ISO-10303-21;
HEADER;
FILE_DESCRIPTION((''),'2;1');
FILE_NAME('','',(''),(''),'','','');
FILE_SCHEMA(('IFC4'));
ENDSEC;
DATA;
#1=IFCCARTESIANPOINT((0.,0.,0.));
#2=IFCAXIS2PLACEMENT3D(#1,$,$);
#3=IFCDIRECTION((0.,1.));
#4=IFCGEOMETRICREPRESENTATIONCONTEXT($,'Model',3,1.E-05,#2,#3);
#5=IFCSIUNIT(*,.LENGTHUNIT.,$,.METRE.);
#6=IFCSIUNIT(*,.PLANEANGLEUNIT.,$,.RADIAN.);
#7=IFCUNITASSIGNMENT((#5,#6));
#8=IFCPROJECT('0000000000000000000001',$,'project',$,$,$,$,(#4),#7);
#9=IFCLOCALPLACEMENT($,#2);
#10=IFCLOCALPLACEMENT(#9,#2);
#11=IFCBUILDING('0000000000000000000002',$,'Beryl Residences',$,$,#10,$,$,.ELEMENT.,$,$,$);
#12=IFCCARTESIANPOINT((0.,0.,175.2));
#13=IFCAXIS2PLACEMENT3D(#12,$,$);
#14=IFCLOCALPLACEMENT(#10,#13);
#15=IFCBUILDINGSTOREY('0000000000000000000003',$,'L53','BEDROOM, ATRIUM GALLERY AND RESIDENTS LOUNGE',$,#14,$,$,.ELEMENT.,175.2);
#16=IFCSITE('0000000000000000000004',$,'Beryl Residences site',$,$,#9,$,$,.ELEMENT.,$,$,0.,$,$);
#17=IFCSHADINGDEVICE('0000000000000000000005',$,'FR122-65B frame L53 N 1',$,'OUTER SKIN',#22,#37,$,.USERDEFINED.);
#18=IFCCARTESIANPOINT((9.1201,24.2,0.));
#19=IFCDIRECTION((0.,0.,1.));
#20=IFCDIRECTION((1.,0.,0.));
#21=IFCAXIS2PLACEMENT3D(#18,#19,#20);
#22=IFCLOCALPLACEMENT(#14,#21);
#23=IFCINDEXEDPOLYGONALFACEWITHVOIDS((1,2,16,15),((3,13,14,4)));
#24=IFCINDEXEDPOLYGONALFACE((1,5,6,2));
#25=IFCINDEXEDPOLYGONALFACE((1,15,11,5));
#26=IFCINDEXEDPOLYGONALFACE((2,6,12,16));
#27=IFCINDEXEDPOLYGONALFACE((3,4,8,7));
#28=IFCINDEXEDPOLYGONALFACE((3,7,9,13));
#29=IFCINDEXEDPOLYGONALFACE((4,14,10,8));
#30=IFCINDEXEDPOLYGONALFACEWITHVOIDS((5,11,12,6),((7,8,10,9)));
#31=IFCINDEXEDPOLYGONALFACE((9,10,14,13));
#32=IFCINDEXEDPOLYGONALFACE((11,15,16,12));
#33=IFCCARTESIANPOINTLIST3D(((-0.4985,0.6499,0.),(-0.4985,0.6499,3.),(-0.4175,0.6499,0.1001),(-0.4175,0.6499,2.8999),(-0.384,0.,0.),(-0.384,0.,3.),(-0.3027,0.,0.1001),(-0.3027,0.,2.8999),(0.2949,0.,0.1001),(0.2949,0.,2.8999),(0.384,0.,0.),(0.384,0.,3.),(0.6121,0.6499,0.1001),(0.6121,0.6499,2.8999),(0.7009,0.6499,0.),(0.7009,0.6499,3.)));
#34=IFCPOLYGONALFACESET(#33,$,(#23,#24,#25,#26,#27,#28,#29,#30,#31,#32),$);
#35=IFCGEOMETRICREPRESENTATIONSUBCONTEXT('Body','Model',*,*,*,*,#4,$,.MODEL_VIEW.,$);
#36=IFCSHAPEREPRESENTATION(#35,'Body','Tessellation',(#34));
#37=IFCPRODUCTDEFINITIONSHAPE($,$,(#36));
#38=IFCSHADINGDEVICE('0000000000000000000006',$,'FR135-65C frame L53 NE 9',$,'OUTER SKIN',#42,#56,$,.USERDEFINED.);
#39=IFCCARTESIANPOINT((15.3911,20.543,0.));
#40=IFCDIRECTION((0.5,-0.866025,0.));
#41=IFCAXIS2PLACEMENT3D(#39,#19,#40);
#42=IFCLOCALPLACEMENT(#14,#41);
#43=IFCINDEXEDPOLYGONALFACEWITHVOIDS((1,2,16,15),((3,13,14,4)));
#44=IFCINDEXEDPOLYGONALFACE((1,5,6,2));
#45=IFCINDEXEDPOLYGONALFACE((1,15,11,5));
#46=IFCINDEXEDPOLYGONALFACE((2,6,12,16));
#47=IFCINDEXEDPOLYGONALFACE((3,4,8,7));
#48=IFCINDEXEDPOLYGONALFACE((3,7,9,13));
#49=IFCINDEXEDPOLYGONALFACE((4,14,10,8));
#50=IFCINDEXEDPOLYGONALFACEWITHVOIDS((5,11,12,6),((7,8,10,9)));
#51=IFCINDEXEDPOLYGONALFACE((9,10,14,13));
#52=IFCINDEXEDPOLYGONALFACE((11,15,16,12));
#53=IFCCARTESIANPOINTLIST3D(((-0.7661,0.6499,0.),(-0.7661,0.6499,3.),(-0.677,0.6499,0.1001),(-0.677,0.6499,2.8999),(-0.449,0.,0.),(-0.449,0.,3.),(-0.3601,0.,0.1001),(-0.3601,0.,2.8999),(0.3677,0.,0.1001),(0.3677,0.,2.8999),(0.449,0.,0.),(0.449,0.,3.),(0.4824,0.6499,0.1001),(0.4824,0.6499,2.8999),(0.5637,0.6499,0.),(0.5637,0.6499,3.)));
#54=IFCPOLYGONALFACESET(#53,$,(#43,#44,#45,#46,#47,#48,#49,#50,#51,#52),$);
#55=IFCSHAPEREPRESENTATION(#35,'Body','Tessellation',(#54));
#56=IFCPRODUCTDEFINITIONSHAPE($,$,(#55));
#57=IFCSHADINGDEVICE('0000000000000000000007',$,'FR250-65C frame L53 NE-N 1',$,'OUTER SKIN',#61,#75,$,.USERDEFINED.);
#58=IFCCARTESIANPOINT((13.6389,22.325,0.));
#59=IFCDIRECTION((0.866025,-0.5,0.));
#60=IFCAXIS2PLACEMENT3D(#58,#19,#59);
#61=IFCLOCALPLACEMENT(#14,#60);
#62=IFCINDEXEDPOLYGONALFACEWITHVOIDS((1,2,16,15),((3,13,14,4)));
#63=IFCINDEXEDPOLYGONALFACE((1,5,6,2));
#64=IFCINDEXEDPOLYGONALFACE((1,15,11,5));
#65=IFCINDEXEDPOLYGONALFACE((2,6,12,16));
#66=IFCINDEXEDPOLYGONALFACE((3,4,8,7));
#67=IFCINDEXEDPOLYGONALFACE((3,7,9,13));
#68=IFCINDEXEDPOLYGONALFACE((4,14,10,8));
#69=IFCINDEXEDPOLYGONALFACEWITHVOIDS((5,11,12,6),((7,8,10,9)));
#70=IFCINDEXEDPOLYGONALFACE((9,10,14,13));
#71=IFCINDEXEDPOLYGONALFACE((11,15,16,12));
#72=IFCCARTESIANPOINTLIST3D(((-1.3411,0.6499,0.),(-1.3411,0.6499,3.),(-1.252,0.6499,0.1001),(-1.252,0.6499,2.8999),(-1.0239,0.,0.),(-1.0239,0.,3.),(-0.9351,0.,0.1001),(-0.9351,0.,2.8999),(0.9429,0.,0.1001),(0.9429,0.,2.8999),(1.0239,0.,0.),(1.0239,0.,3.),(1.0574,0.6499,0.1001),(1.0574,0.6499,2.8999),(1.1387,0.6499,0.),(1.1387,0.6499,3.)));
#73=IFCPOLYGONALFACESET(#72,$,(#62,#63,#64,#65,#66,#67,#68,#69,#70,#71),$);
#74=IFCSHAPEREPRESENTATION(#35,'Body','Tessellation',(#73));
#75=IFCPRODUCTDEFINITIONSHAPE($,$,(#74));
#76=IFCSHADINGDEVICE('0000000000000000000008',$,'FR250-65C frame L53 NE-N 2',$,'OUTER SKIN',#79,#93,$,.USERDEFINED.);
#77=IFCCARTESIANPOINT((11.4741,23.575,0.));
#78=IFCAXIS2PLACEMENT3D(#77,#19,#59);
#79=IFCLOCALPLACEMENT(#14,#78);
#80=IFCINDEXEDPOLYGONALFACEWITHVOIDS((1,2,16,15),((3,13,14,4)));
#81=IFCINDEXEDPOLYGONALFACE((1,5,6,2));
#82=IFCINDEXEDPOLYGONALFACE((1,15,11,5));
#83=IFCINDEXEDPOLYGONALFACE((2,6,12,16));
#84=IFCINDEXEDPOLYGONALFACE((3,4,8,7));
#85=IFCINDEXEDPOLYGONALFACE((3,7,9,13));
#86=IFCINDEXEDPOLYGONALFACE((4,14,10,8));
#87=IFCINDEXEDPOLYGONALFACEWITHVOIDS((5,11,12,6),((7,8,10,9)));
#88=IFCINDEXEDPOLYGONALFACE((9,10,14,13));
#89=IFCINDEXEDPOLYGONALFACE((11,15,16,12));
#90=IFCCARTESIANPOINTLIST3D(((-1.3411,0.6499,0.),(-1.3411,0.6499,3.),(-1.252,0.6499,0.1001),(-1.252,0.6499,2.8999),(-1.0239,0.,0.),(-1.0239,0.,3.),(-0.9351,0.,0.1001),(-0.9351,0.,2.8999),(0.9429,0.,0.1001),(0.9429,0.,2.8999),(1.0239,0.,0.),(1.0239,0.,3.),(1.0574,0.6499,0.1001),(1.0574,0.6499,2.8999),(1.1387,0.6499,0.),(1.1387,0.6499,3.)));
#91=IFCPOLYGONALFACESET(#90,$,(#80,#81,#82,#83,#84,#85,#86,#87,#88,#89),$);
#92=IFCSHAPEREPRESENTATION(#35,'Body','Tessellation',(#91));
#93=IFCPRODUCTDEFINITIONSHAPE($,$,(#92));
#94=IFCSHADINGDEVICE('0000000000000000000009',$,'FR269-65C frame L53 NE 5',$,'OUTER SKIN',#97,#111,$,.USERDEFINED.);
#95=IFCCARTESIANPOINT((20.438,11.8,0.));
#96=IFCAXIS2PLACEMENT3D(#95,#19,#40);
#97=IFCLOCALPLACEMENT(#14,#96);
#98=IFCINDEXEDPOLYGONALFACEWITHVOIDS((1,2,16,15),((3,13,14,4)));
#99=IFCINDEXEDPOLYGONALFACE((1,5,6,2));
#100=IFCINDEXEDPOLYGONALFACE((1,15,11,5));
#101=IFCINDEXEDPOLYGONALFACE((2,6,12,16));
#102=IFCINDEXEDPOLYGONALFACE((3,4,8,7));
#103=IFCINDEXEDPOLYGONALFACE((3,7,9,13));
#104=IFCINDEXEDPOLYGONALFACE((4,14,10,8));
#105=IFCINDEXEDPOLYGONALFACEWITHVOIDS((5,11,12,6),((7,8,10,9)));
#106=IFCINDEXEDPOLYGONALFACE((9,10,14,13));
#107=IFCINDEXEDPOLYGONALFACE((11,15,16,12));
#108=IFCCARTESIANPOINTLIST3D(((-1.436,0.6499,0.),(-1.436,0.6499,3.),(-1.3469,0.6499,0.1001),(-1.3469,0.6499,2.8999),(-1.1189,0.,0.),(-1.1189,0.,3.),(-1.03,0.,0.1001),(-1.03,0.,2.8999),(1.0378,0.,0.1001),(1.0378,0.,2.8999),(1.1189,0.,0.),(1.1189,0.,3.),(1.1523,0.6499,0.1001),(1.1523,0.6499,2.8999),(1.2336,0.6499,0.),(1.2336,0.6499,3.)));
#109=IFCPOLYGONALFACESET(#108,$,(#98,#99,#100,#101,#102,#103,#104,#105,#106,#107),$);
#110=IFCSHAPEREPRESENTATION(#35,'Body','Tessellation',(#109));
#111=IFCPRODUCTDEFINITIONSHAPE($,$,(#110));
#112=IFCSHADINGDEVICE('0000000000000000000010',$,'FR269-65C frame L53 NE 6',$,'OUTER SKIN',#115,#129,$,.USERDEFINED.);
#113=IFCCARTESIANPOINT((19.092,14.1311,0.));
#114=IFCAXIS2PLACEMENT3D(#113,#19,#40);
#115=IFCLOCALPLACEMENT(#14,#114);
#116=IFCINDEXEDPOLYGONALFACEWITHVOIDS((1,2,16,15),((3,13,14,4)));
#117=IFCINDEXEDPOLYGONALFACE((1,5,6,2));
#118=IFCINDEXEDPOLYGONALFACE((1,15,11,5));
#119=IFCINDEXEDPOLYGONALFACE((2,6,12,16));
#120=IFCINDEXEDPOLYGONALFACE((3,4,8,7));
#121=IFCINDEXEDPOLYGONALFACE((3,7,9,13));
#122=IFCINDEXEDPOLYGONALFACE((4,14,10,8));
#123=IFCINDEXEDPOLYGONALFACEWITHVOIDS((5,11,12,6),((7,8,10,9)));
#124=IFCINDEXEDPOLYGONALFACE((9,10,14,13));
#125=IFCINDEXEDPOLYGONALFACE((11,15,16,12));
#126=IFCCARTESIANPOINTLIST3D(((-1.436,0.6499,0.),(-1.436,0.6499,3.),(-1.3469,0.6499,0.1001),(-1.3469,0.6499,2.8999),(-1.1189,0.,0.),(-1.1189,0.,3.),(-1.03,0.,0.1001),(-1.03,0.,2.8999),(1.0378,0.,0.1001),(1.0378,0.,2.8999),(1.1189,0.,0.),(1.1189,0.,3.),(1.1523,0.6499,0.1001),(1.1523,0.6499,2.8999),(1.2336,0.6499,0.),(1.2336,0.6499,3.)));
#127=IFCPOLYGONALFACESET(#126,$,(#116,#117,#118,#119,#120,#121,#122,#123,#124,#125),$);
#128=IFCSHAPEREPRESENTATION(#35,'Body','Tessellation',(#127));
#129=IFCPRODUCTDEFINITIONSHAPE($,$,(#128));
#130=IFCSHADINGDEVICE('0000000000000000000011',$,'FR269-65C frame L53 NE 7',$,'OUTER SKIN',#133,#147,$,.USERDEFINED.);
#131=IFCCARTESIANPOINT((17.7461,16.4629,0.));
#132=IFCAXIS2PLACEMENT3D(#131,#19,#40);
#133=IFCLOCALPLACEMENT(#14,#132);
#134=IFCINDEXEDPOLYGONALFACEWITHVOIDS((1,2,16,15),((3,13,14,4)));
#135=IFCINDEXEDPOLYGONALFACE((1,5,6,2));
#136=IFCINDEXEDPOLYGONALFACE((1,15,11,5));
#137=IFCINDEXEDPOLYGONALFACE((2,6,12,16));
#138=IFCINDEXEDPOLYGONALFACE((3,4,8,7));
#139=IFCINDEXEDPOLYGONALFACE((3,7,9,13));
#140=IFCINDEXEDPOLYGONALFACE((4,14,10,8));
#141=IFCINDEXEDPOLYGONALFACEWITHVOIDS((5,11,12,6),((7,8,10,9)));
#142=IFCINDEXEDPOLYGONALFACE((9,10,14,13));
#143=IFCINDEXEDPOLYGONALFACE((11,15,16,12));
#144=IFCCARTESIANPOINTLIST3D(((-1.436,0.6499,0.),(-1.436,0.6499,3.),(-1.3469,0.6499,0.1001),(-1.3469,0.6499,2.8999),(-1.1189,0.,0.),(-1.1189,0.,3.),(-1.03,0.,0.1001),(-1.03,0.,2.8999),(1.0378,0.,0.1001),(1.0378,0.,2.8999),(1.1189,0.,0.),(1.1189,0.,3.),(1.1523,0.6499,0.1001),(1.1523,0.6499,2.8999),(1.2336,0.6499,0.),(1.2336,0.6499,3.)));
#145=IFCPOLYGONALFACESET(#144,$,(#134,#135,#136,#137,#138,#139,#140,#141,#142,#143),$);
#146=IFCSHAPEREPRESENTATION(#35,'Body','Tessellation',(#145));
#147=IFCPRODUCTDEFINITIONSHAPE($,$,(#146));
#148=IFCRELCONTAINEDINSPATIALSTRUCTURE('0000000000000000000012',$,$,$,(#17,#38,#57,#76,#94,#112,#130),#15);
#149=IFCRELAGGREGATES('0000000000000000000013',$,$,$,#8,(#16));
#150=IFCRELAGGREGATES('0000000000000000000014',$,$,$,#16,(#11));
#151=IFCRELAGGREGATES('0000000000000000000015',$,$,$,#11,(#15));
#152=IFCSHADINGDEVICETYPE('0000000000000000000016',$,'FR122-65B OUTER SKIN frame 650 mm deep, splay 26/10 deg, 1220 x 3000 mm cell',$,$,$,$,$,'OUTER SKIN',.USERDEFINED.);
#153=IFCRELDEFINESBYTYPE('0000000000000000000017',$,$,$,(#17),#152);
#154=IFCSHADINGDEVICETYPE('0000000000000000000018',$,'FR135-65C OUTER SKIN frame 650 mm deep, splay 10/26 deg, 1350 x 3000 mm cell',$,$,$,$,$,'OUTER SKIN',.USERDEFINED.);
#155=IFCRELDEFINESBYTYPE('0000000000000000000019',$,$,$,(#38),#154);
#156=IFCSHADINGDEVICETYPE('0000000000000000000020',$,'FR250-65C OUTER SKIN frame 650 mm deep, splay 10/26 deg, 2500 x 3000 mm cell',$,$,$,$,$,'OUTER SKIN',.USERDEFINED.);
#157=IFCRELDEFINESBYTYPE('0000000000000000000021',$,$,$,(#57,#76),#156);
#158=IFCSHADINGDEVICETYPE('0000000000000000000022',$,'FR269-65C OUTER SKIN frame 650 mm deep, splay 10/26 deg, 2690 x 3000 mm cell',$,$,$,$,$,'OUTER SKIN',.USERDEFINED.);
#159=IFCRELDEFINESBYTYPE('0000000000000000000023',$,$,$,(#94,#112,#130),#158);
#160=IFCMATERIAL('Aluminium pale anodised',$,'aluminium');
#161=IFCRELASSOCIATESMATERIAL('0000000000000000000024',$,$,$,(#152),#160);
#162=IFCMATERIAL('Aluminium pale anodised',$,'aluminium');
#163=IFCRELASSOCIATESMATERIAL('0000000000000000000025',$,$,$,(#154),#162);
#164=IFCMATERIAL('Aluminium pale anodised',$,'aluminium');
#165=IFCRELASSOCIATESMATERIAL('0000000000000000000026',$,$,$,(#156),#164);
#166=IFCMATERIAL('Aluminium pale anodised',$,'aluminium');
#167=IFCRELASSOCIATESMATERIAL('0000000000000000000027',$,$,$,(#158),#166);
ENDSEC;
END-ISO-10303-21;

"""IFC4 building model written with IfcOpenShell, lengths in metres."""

from ifc_helpers import new_model, entity, si_unit, direction, frame, origin, place, context, subcontext, project, spatial, source, transform, mapped, material, type_object, type_shapes, element, save


model = new_model("IFC4")

# Units and contexts
model_context = context("Model", 3, precision=1e-05, world=origin(), true_north=direction((0.0, 1.0)))
body_context = subcontext(model_context, "Body", "Model", "MODEL_VIEW")
ifc_project = project(units=[si_unit("LENGTHUNIT", "METRE"), si_unit("PLANEANGLEUNIT", "RADIAN")], contexts=[model_context])

# Site, building, storey
site_placement = place(None, origin())
site = spatial("IfcSite", under=ifc_project, at=site_placement, Name="Beryl Residences site", CompositionType="ELEMENT", RefElevation=0.0)
building_placement = place(site_placement, origin())
building = spatial("IfcBuilding", under=site, at=building_placement, Name="Beryl Residences", CompositionType="ELEMENT")
storey_placement = place(building_placement, frame((0.0, 0.0, 175.2)))
storey = spatial("IfcBuildingStorey", under=building, at=storey_placement, Name="L53", Description="BEDROOM, ATRIUM GALLERY AND RESIDENTS LOUNGE", CompositionType="ELEMENT", Elevation=175.2)

# Shading devices
ifc_material_1 = material(Name="Aluminium pale anodised", Category="aluminium")
shading_device_type_1 = type_object("IfcShadingDeviceType", Name="FR122-65B OUTER SKIN frame 650 mm deep, splay 26/10 deg, 1220 x 3000 mm cell", ElementType="OUTER SKIN", PredefinedType="USERDEFINED", material=ifc_material_1)
cartesian_point_1 = entity("IfcCartesianPoint", [-0.384, 0.0])
cartesian_point_2 = entity("IfcCartesianPoint", [-0.2949, 0.1001])
cartesian_point_3 = entity("IfcCartesianPoint", [-0.7009, 0.0])
cartesian_point_4 = entity("IfcCartesianPoint", [-0.6121, 0.1001])
shared_shape_1 = source(origin(), body_context, "Body", "SweptSolid", [
    entity("IfcExtrudedAreaSolidTapered", entity("IfcArbitraryProfileDefWithVoids", "AREA", None, entity("IfcPolyline", [cartesian_point_1, entity("IfcCartesianPoint", [0.384, 0.0]), entity("IfcCartesianPoint", [0.384, 3.0]), entity("IfcCartesianPoint", [-0.384, 3.0]), cartesian_point_1]), [entity("IfcPolyline", [cartesian_point_2, entity("IfcCartesianPoint", [0.3027, 0.1001]), entity("IfcCartesianPoint", [0.3027, 2.8999]), entity("IfcCartesianPoint", [-0.2949, 2.8999]), cartesian_point_2])]), entity("IfcAxis2Placement3D", entity("IfcCartesianPoint", [0.0, 0.0, 0.0]), entity("IfcDirection", [0.0, 1.0, 0.0]), entity("IfcDirection", [-1.0, 0.0, 0.0])), entity("IfcDirection", [0.0, 0.0, 1.0]), 0.6499, entity("IfcArbitraryProfileDefWithVoids", "AREA", None, entity("IfcPolyline", [cartesian_point_3, entity("IfcCartesianPoint", [0.4985, 0.0]), entity("IfcCartesianPoint", [0.4985, 3.0]), entity("IfcCartesianPoint", [-0.7009, 3.0]), cartesian_point_3]), [entity("IfcPolyline", [cartesian_point_4, entity("IfcCartesianPoint", [0.4175, 0.1001]), entity("IfcCartesianPoint", [0.4175, 2.8999]), entity("IfcCartesianPoint", [-0.6121, 2.8999]), cartesian_point_4])])),
])
type_shapes(shading_device_type_1, [shared_shape_1])
shading_device_1_placement = place(storey_placement, frame((9.1201, 24.2, 0.0), z_axis=(0.0, 0.0, 1.0), x_axis=(1.0, 0.0, 0.0)))
element("IfcShadingDevice", 1, at=shading_device_1_placement, inside=storey, type_object=shading_device_type_1, Name="FR122-65B frame L53 N 1", ObjectType="OUTER SKIN", PredefinedType="USERDEFINED", context=body_context, shape_type="MappedRepresentation", body=[
    mapped(shared_shape_1, transform((0.0, 0.0, 0.0))),
])
ifc_material_2 = material(Name="Aluminium pale anodised", Category="aluminium")
shading_device_type_2 = type_object("IfcShadingDeviceType", Name="FR135-65C OUTER SKIN frame 650 mm deep, splay 10/26 deg, 1350 x 3000 mm cell", ElementType="OUTER SKIN", PredefinedType="USERDEFINED", material=ifc_material_2)
cartesian_point_5 = entity("IfcCartesianPoint", [-0.449, 0.0])
cartesian_point_6 = entity("IfcCartesianPoint", [-0.3677, 0.1001])
cartesian_point_7 = entity("IfcCartesianPoint", [-0.5637, 0.0])
cartesian_point_8 = entity("IfcCartesianPoint", [-0.4824, 0.1001])
shared_shape_2 = source(origin(), body_context, "Body", "SweptSolid", [
    entity("IfcExtrudedAreaSolidTapered", entity("IfcArbitraryProfileDefWithVoids", "AREA", None, entity("IfcPolyline", [cartesian_point_5, entity("IfcCartesianPoint", [0.449, 0.0]), entity("IfcCartesianPoint", [0.449, 3.0]), entity("IfcCartesianPoint", [-0.449, 3.0]), cartesian_point_5]), [entity("IfcPolyline", [cartesian_point_6, entity("IfcCartesianPoint", [0.3601, 0.1001]), entity("IfcCartesianPoint", [0.3601, 2.8999]), entity("IfcCartesianPoint", [-0.3677, 2.8999]), cartesian_point_6])]), entity("IfcAxis2Placement3D", entity("IfcCartesianPoint", [0.0, 0.0, 0.0]), entity("IfcDirection", [0.0, 1.0, 0.0]), entity("IfcDirection", [-1.0, 0.0, 0.0])), entity("IfcDirection", [0.0, 0.0, 1.0]), 0.6499, entity("IfcArbitraryProfileDefWithVoids", "AREA", None, entity("IfcPolyline", [cartesian_point_7, entity("IfcCartesianPoint", [0.7661, 0.0]), entity("IfcCartesianPoint", [0.7661, 3.0]), entity("IfcCartesianPoint", [-0.5637, 3.0]), cartesian_point_7]), [entity("IfcPolyline", [cartesian_point_8, entity("IfcCartesianPoint", [0.677, 0.1001]), entity("IfcCartesianPoint", [0.677, 2.8999]), entity("IfcCartesianPoint", [-0.4824, 2.8999]), cartesian_point_8])])),
])
type_shapes(shading_device_type_2, [shared_shape_2])
shading_device_2_placement = place(storey_placement, frame((15.3911, 20.543, 0.0), z_axis=(0.0, 0.0, 1.0), x_axis=(0.5, -0.866025, 0.0)))
element("IfcShadingDevice", 2, at=shading_device_2_placement, inside=storey, type_object=shading_device_type_2, Name="FR135-65C frame L53 NE 9", ObjectType="OUTER SKIN", PredefinedType="USERDEFINED", context=body_context, shape_type="MappedRepresentation", body=[
    mapped(shared_shape_2, transform((0.0, 0.0, 0.0))),
])
ifc_material_3 = material(Name="Aluminium pale anodised", Category="aluminium")
shading_device_type_3 = type_object("IfcShadingDeviceType", Name="FR250-65C OUTER SKIN frame 650 mm deep, splay 10/26 deg, 2500 x 3000 mm cell", ElementType="OUTER SKIN", PredefinedType="USERDEFINED", material=ifc_material_3)
cartesian_point_9 = entity("IfcCartesianPoint", [-1.0239, 0.0])
cartesian_point_10 = entity("IfcCartesianPoint", [-0.9429, 0.1001])
cartesian_point_11 = entity("IfcCartesianPoint", [-1.1387, 0.0])
cartesian_point_12 = entity("IfcCartesianPoint", [-1.0574, 0.1001])
shared_shape_3 = source(origin(), body_context, "Body", "SweptSolid", [
    entity("IfcExtrudedAreaSolidTapered", entity("IfcArbitraryProfileDefWithVoids", "AREA", None, entity("IfcPolyline", [cartesian_point_9, entity("IfcCartesianPoint", [1.0239, 0.0]), entity("IfcCartesianPoint", [1.0239, 3.0]), entity("IfcCartesianPoint", [-1.0239, 3.0]), cartesian_point_9]), [entity("IfcPolyline", [cartesian_point_10, entity("IfcCartesianPoint", [0.9351, 0.1001]), entity("IfcCartesianPoint", [0.9351, 2.8999]), entity("IfcCartesianPoint", [-0.9429, 2.8999]), cartesian_point_10])]), entity("IfcAxis2Placement3D", entity("IfcCartesianPoint", [0.0, 0.0, 0.0]), entity("IfcDirection", [0.0, 1.0, 0.0]), entity("IfcDirection", [-1.0, 0.0, 0.0])), entity("IfcDirection", [0.0, 0.0, 1.0]), 0.6499, entity("IfcArbitraryProfileDefWithVoids", "AREA", None, entity("IfcPolyline", [cartesian_point_11, entity("IfcCartesianPoint", [1.3411, 0.0]), entity("IfcCartesianPoint", [1.3411, 3.0]), entity("IfcCartesianPoint", [-1.1387, 3.0]), cartesian_point_11]), [entity("IfcPolyline", [cartesian_point_12, entity("IfcCartesianPoint", [1.252, 0.1001]), entity("IfcCartesianPoint", [1.252, 2.8999]), entity("IfcCartesianPoint", [-1.0574, 2.8999]), cartesian_point_12])])),
])
type_shapes(shading_device_type_3, [shared_shape_3])
for number, where, z_axis, x_axis, name in (
    (3, (13.6389, 22.325, 0.0), (0.0, 0.0, 1.0), (0.866025, -0.5, 0.0), "FR250-65C frame L53 NE-N 1"),
    (4, (11.4741, 23.575, 0.0), (0.0, 0.0, 1.0), (0.866025, -0.5, 0.0), "FR250-65C frame L53 NE-N 2"),
):
    element("IfcShadingDevice", number, at=place(storey_placement, frame(where, z_axis=z_axis, x_axis=x_axis)), inside=storey, type_object=shading_device_type_3, Name=name, ObjectType="OUTER SKIN", PredefinedType="USERDEFINED", context=body_context, shape_type="MappedRepresentation", body=[
        mapped(shared_shape_3, transform((0.0, 0.0, 0.0))),
    ])
ifc_material_4 = material(Name="Aluminium pale anodised", Category="aluminium")
shading_device_type_4 = type_object("IfcShadingDeviceType", Name="FR269-65C OUTER SKIN frame 650 mm deep, splay 10/26 deg, 2690 x 3000 mm cell", ElementType="OUTER SKIN", PredefinedType="USERDEFINED", material=ifc_material_4)
cartesian_point_13 = entity("IfcCartesianPoint", [-1.1189, 0.0])
cartesian_point_14 = entity("IfcCartesianPoint", [-1.0378, 0.1001])
cartesian_point_15 = entity("IfcCartesianPoint", [-1.2336, 0.0])
cartesian_point_16 = entity("IfcCartesianPoint", [-1.1523, 0.1001])
shared_shape_4 = source(origin(), body_context, "Body", "SweptSolid", [
    entity("IfcExtrudedAreaSolidTapered", entity("IfcArbitraryProfileDefWithVoids", "AREA", None, entity("IfcPolyline", [cartesian_point_13, entity("IfcCartesianPoint", [1.1189, 0.0]), entity("IfcCartesianPoint", [1.1189, 3.0]), entity("IfcCartesianPoint", [-1.1189, 3.0]), cartesian_point_13]), [entity("IfcPolyline", [cartesian_point_14, entity("IfcCartesianPoint", [1.03, 0.1001]), entity("IfcCartesianPoint", [1.03, 2.8999]), entity("IfcCartesianPoint", [-1.0378, 2.8999]), cartesian_point_14])]), entity("IfcAxis2Placement3D", entity("IfcCartesianPoint", [0.0, 0.0, 0.0]), entity("IfcDirection", [0.0, 1.0, 0.0]), entity("IfcDirection", [-1.0, 0.0, 0.0])), entity("IfcDirection", [0.0, 0.0, 1.0]), 0.6499, entity("IfcArbitraryProfileDefWithVoids", "AREA", None, entity("IfcPolyline", [cartesian_point_15, entity("IfcCartesianPoint", [1.436, 0.0]), entity("IfcCartesianPoint", [1.436, 3.0]), entity("IfcCartesianPoint", [-1.2336, 3.0]), cartesian_point_15]), [entity("IfcPolyline", [cartesian_point_16, entity("IfcCartesianPoint", [1.3469, 0.1001]), entity("IfcCartesianPoint", [1.3469, 2.8999]), entity("IfcCartesianPoint", [-1.1523, 2.8999]), cartesian_point_16])])),
])
type_shapes(shading_device_type_4, [shared_shape_4])
for number, where, z_axis, x_axis, name in (
    (5, (20.438, 11.8, 0.0), (0.0, 0.0, 1.0), (0.5, -0.866025, 0.0), "FR269-65C frame L53 NE 5"),
    (6, (19.092, 14.1311, 0.0), (0.0, 0.0, 1.0), (0.5, -0.866025, 0.0), "FR269-65C frame L53 NE 6"),
    (7, (17.7461, 16.4629, 0.0), (0.0, 0.0, 1.0), (0.5, -0.866025, 0.0), "FR269-65C frame L53 NE 7"),
):
    element("IfcShadingDevice", number, at=place(storey_placement, frame(where, z_axis=z_axis, x_axis=x_axis)), inside=storey, type_object=shading_device_type_4, Name=name, ObjectType="OUTER SKIN", PredefinedType="USERDEFINED", context=body_context, shape_type="MappedRepresentation", body=[
        mapped(shared_shape_4, transform((0.0, 0.0, 0.0))),
    ])

save(model, "model.ifc")
